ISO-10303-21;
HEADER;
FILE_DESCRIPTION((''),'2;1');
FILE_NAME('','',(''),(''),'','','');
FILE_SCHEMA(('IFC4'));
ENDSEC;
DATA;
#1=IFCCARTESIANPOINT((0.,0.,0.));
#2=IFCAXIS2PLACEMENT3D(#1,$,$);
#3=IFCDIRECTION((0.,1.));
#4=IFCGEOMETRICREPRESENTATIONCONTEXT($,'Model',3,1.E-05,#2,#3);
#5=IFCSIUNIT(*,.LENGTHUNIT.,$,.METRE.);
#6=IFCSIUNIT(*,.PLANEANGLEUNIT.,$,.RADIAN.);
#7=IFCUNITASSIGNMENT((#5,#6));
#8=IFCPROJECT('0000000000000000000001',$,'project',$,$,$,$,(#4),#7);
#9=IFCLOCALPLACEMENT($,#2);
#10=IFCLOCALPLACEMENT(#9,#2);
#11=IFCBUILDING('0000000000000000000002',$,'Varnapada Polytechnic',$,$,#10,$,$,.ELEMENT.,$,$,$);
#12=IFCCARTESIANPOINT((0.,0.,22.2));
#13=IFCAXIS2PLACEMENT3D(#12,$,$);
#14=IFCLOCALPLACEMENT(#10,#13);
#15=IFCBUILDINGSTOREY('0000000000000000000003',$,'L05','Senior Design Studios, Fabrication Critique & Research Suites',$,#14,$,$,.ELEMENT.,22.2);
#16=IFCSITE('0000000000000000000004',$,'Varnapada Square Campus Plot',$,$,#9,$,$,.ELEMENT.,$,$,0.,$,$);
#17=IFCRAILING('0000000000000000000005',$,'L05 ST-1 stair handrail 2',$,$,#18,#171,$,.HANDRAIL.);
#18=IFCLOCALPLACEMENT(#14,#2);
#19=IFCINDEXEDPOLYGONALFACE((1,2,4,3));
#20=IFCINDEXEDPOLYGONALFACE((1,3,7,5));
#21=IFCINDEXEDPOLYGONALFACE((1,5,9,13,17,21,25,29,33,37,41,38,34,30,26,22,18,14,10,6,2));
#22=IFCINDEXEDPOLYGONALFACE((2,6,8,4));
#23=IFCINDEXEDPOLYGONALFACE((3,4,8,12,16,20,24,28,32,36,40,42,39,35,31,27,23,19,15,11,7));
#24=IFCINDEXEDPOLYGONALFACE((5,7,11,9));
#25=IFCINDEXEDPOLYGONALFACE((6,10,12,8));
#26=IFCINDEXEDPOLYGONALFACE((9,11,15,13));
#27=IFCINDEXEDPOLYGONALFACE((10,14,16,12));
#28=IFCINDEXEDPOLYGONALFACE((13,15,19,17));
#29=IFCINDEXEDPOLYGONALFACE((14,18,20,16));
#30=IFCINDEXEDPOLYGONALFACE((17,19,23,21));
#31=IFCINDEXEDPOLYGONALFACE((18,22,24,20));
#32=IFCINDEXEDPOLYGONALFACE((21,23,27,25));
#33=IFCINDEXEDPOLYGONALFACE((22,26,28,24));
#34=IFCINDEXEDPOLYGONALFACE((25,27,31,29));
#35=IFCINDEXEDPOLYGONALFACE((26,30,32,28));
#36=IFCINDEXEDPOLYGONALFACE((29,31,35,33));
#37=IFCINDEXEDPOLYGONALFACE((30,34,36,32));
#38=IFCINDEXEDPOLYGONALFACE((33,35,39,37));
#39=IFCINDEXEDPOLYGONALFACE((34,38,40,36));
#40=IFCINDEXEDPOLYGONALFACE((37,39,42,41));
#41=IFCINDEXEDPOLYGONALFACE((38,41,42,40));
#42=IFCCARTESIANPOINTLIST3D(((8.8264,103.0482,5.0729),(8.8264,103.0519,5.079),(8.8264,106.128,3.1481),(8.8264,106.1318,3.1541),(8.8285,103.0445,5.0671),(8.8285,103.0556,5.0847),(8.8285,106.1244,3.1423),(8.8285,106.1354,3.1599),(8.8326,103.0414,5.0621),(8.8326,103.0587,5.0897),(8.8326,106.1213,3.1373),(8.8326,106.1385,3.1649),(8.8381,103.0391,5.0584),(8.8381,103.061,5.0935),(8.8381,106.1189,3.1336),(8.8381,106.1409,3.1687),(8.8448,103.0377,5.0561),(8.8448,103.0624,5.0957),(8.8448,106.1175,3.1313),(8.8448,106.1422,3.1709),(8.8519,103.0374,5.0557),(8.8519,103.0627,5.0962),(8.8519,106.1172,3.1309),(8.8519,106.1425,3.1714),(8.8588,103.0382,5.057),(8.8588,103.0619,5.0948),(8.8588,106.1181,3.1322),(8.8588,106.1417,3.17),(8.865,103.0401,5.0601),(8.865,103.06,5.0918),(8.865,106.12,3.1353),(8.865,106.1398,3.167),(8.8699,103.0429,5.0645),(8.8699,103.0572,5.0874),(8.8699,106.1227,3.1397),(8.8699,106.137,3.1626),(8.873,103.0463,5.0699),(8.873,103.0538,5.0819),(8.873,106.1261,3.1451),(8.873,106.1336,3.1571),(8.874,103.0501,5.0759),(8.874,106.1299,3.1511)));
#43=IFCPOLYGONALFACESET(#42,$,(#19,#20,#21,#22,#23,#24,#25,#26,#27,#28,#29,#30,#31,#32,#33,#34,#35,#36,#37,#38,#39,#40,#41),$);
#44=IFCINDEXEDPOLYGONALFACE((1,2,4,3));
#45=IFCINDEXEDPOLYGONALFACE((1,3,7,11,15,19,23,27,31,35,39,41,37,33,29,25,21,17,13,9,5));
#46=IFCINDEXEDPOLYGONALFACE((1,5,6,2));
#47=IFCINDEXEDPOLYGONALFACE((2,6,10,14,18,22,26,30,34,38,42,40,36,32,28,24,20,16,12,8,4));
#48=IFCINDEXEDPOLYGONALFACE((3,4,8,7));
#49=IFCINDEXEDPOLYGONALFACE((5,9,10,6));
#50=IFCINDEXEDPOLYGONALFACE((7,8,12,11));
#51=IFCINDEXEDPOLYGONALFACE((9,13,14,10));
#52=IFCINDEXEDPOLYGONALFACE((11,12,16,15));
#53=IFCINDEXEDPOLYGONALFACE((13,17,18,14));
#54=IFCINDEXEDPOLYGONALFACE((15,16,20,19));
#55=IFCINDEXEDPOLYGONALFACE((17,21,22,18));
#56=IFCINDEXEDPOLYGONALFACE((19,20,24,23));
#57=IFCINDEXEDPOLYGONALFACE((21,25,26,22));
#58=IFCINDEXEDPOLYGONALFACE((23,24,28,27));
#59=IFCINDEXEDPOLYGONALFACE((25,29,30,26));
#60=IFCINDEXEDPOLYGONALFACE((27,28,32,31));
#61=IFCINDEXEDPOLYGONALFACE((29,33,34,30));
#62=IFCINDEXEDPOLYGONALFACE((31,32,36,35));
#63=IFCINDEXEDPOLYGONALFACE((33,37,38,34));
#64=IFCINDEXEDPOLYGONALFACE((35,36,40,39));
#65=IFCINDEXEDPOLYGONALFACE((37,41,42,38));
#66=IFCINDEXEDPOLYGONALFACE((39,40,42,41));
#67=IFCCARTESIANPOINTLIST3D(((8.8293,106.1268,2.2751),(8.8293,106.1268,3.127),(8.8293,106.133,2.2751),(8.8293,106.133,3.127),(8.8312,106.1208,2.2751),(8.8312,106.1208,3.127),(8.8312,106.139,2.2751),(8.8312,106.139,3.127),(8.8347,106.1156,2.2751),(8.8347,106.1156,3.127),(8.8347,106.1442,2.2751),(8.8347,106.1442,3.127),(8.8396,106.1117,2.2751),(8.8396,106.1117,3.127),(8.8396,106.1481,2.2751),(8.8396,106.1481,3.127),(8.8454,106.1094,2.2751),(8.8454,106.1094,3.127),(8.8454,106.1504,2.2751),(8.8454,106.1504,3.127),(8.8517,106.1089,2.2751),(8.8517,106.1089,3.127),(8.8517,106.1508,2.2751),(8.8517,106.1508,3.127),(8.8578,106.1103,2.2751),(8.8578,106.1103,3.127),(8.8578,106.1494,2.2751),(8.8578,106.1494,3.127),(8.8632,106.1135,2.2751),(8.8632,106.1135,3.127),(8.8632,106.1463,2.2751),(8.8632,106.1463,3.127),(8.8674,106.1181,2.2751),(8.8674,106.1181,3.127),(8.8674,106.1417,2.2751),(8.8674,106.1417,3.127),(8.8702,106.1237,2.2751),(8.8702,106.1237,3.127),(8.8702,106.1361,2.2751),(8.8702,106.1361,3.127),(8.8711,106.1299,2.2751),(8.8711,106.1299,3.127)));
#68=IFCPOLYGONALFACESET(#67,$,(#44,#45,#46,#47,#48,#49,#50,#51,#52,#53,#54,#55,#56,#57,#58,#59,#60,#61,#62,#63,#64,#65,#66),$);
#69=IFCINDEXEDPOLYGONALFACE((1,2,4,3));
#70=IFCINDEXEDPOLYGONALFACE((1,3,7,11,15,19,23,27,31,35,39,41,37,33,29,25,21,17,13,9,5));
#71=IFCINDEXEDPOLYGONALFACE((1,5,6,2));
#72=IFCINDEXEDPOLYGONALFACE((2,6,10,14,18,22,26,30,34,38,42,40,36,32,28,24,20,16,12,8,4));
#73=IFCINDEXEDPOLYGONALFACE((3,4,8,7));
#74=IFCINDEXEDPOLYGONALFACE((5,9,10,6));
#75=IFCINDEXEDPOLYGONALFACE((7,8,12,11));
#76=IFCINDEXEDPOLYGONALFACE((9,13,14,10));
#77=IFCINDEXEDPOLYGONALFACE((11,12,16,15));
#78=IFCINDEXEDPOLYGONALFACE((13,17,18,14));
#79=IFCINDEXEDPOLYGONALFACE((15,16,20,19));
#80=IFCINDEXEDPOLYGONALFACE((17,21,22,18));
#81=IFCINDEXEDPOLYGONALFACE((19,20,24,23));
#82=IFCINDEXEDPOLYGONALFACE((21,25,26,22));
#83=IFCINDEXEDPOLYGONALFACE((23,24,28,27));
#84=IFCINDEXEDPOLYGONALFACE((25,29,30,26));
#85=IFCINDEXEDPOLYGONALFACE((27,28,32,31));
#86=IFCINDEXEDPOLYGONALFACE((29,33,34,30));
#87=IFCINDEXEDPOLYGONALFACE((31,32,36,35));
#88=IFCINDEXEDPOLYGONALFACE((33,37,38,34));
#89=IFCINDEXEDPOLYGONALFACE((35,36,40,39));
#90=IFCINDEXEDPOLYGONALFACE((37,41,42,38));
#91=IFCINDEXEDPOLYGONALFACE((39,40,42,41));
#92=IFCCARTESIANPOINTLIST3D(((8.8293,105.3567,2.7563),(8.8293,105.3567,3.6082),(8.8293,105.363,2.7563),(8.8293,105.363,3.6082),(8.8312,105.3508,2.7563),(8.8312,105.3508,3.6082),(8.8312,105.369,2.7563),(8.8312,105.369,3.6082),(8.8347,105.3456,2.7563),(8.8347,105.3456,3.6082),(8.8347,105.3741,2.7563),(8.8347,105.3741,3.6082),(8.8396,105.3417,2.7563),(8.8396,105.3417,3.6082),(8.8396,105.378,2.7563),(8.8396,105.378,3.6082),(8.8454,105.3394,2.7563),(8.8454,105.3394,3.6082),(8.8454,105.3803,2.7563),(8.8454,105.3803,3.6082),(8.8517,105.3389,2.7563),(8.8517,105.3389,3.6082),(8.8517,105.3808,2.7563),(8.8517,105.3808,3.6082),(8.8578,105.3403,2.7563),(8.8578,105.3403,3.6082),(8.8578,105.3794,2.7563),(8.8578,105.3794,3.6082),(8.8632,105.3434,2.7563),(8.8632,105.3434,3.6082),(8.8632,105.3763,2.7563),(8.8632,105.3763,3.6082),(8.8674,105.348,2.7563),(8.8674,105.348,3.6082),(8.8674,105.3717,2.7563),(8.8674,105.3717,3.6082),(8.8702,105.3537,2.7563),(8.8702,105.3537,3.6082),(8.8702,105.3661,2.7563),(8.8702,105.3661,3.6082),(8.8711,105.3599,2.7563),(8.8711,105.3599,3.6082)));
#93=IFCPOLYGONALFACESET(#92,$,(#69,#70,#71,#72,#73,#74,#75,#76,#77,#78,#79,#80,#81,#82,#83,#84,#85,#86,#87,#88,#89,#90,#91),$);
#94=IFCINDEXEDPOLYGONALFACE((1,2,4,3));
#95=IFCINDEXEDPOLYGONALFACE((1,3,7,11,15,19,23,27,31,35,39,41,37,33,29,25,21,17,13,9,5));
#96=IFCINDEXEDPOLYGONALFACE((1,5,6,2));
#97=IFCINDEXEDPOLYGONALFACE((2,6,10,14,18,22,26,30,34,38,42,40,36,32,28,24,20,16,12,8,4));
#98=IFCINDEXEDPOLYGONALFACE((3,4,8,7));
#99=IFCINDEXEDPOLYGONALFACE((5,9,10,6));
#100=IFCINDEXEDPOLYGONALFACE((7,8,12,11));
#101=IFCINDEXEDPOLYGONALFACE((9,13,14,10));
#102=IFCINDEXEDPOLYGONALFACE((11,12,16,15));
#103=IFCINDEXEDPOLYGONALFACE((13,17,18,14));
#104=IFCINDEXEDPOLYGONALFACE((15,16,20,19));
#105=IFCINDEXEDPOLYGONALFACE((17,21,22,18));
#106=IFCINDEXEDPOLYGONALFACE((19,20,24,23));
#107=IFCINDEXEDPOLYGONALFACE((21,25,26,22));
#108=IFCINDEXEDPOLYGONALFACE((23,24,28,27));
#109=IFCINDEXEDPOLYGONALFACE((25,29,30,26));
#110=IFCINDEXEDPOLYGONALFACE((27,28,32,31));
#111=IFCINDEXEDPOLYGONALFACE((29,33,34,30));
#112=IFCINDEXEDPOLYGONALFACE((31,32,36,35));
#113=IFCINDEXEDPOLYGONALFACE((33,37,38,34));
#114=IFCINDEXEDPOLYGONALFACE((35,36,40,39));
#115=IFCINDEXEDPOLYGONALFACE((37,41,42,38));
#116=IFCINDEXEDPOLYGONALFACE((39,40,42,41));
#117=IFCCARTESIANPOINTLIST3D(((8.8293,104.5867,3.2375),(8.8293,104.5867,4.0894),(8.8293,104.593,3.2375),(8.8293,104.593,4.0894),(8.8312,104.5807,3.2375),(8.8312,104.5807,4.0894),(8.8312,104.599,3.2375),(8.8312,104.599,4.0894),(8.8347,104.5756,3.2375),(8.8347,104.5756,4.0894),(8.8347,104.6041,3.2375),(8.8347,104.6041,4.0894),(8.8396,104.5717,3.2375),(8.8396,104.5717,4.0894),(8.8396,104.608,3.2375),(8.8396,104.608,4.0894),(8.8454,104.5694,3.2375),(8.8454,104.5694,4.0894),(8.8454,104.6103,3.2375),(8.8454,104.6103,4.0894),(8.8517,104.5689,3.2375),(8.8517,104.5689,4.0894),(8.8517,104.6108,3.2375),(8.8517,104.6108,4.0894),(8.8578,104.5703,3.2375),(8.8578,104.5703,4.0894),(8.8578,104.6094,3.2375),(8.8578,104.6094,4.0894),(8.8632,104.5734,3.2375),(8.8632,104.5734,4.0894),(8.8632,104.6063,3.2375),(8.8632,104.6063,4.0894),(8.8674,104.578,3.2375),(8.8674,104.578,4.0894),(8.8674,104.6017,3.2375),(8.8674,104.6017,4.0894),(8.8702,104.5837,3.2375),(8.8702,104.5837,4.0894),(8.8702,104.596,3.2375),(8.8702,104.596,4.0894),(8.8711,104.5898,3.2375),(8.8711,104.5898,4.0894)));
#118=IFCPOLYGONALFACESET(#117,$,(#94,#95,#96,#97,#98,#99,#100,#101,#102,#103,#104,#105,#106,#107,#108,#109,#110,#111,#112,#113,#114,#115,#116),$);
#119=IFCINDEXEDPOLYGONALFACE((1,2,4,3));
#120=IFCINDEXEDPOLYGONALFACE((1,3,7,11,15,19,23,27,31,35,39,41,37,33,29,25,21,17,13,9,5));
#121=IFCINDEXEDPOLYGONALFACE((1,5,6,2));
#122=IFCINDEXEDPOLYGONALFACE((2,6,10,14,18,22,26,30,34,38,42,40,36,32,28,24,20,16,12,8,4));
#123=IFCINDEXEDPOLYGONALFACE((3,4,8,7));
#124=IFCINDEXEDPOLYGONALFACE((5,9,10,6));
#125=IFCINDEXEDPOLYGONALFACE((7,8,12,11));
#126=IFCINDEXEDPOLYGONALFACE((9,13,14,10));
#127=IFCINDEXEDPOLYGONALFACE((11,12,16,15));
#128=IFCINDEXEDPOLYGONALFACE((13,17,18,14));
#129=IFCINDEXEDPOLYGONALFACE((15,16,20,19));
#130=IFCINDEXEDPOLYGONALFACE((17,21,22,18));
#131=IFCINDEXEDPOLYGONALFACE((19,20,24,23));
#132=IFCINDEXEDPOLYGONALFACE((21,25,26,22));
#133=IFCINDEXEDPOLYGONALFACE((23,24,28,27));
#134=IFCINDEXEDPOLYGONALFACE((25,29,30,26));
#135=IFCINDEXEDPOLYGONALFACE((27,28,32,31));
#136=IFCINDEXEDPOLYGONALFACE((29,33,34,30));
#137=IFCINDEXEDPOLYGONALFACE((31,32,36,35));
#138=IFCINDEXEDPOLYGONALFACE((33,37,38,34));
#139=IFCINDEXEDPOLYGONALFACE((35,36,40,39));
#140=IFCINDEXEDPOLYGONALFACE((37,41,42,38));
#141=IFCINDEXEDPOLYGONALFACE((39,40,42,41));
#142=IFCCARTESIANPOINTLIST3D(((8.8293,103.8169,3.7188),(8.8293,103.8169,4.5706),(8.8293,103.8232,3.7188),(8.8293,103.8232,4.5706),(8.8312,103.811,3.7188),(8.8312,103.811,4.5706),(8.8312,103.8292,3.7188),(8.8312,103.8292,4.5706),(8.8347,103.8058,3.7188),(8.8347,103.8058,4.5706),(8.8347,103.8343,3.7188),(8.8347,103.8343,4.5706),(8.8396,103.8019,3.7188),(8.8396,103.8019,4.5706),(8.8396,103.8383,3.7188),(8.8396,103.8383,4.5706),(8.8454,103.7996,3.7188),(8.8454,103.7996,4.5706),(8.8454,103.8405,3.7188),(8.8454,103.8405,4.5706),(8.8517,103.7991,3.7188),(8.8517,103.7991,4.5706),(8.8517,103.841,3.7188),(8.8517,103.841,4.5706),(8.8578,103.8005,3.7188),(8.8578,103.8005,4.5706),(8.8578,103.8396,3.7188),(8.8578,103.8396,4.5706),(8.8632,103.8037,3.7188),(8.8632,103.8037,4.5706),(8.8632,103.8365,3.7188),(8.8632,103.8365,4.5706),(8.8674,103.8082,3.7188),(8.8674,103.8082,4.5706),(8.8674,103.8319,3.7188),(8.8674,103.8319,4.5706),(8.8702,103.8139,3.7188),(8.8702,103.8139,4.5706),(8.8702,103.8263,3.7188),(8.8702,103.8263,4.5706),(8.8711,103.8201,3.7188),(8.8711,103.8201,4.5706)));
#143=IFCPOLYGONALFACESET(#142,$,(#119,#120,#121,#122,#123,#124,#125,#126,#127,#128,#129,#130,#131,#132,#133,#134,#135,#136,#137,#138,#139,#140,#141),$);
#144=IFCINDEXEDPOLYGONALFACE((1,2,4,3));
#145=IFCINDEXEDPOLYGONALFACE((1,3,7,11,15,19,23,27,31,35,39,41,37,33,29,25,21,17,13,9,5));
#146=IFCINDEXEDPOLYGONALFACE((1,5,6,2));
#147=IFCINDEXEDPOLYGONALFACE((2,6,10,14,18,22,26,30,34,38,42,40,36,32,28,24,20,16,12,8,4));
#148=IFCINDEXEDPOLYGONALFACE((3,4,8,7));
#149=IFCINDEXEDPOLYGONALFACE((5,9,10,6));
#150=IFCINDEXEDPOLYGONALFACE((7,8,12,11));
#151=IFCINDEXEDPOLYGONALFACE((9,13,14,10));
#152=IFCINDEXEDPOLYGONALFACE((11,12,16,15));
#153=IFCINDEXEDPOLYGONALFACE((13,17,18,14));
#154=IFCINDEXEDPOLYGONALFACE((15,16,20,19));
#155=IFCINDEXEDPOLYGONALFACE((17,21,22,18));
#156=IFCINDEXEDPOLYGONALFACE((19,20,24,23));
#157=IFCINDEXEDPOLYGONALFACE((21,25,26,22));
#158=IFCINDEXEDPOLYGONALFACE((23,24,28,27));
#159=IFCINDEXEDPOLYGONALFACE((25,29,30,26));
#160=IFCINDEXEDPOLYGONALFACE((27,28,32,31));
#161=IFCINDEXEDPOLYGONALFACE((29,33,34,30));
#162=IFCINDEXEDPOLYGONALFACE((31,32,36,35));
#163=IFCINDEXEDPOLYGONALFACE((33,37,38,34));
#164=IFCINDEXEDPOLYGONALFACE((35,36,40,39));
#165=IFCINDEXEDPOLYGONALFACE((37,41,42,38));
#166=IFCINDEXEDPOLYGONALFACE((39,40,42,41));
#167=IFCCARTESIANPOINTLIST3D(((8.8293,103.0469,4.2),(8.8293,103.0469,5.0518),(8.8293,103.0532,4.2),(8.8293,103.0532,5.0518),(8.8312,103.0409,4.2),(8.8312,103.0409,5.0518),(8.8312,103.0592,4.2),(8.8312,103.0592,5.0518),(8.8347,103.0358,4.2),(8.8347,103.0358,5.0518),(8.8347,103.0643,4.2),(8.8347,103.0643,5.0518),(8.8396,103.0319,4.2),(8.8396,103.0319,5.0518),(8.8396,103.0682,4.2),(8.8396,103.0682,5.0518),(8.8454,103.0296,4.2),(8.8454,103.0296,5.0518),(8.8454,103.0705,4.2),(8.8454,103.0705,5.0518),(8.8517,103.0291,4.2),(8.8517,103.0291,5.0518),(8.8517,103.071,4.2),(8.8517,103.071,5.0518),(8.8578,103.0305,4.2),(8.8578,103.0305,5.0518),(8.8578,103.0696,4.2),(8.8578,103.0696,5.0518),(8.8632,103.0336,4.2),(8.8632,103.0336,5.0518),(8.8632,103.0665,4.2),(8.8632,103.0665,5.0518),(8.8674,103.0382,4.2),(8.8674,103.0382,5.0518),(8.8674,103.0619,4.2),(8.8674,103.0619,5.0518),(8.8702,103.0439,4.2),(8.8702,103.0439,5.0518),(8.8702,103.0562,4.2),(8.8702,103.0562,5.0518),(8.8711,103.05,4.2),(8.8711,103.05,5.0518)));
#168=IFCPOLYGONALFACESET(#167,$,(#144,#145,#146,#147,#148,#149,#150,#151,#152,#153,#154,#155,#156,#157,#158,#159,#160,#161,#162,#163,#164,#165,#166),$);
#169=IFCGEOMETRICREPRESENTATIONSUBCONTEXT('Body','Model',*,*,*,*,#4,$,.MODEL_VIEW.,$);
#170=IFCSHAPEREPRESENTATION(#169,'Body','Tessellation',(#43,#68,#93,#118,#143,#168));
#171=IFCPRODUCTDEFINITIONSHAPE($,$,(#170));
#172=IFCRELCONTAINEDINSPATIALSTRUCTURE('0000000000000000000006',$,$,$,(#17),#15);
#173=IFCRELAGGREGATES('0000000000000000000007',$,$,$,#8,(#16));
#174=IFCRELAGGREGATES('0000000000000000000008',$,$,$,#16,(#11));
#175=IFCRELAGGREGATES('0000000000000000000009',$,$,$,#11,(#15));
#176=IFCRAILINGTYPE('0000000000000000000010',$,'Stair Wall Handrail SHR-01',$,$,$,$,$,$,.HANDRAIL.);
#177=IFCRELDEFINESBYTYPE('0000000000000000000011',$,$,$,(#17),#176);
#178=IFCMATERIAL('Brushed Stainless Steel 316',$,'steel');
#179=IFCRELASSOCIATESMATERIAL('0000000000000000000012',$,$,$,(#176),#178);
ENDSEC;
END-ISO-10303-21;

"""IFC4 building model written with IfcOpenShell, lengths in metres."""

from ifc_helpers import new_model, si_unit, direction, frame, origin, origin_2d, place, context, subcontext, project, spatial, circle, extrude, material, type_object, element, save


model = new_model("IFC4")

# Units and contexts
model_context = context("Model", 3, precision=1e-05, world=origin(), true_north=direction((0.0, 1.0)))
body_context = subcontext(model_context, "Body", "Model", "MODEL_VIEW")
ifc_project = project(units=[si_unit("LENGTHUNIT", "METRE"), si_unit("PLANEANGLEUNIT", "RADIAN")], contexts=[model_context])

# Site, building, storey
site_placement = place(None, origin())
site = spatial("IfcSite", under=ifc_project, at=site_placement, Name="Varnapada Square Campus Plot", CompositionType="ELEMENT", RefElevation=0.0)
building_placement = place(site_placement, origin())
building = spatial("IfcBuilding", under=site, at=building_placement, Name="Varnapada Polytechnic", CompositionType="ELEMENT")
storey_placement = place(building_placement, frame((0.0, 0.0, 22.2)))
storey = spatial("IfcBuildingStorey", under=building, at=storey_placement, Name="L05", Description="Senior Design Studios, Fabrication Critique & Research Suites", CompositionType="ELEMENT", Elevation=22.2)

# Shared definitions
ifc_material_1 = material(Name="Brushed Stainless Steel 316", Category="steel")

# Railing
railing_type_1 = type_object("IfcRailingType", Name="Stair Wall Handrail SHR-01", PredefinedType="HANDRAIL", material=ifc_material_1)
railing_1_placement = place(storey_placement, frame((8.8501, 106.1299, 2.2751)))
element("IfcRailing", 1, at=railing_1_placement, inside=storey, type_object=railing_type_1, Name="L05 ST-1 stair handrail 2", PredefinedType="HANDRAIL", context=body_context, shape_type="SweptSolid", body=[
    extrude(circle(Radius=0.0239, at=origin_2d()), frame((0.0, 0.0, 0.876), z_axis=(0.0, -0.84801, 0.529981), x_axis=(1.0, 0.0, 0.0)), (0.0, 0.0, 1.0), 3.6318),
    extrude(circle(Radius=0.021, at=origin_2d()), origin(), (0.0, 0.0, 1.0), 0.8518),
    extrude(circle(Radius=0.021, at=origin_2d()), frame((0.0, -0.77, 0.4812)), (0.0, 0.0, 1.0), 0.8518),
    extrude(circle(Radius=0.021, at=origin_2d()), frame((0.0, -1.54, 0.9624)), (0.0, 0.0, 1.0), 0.8518),
    extrude(circle(Radius=0.021, at=origin_2d()), frame((0.0, -2.3098, 1.4436)), (0.0, 0.0, 1.0), 0.8518),
    extrude(circle(Radius=0.021, at=origin_2d()), frame((0.0, -3.0798, 1.9248)), (0.0, 0.0, 1.0), 0.8518),
])

save(model, "model.ifc")
